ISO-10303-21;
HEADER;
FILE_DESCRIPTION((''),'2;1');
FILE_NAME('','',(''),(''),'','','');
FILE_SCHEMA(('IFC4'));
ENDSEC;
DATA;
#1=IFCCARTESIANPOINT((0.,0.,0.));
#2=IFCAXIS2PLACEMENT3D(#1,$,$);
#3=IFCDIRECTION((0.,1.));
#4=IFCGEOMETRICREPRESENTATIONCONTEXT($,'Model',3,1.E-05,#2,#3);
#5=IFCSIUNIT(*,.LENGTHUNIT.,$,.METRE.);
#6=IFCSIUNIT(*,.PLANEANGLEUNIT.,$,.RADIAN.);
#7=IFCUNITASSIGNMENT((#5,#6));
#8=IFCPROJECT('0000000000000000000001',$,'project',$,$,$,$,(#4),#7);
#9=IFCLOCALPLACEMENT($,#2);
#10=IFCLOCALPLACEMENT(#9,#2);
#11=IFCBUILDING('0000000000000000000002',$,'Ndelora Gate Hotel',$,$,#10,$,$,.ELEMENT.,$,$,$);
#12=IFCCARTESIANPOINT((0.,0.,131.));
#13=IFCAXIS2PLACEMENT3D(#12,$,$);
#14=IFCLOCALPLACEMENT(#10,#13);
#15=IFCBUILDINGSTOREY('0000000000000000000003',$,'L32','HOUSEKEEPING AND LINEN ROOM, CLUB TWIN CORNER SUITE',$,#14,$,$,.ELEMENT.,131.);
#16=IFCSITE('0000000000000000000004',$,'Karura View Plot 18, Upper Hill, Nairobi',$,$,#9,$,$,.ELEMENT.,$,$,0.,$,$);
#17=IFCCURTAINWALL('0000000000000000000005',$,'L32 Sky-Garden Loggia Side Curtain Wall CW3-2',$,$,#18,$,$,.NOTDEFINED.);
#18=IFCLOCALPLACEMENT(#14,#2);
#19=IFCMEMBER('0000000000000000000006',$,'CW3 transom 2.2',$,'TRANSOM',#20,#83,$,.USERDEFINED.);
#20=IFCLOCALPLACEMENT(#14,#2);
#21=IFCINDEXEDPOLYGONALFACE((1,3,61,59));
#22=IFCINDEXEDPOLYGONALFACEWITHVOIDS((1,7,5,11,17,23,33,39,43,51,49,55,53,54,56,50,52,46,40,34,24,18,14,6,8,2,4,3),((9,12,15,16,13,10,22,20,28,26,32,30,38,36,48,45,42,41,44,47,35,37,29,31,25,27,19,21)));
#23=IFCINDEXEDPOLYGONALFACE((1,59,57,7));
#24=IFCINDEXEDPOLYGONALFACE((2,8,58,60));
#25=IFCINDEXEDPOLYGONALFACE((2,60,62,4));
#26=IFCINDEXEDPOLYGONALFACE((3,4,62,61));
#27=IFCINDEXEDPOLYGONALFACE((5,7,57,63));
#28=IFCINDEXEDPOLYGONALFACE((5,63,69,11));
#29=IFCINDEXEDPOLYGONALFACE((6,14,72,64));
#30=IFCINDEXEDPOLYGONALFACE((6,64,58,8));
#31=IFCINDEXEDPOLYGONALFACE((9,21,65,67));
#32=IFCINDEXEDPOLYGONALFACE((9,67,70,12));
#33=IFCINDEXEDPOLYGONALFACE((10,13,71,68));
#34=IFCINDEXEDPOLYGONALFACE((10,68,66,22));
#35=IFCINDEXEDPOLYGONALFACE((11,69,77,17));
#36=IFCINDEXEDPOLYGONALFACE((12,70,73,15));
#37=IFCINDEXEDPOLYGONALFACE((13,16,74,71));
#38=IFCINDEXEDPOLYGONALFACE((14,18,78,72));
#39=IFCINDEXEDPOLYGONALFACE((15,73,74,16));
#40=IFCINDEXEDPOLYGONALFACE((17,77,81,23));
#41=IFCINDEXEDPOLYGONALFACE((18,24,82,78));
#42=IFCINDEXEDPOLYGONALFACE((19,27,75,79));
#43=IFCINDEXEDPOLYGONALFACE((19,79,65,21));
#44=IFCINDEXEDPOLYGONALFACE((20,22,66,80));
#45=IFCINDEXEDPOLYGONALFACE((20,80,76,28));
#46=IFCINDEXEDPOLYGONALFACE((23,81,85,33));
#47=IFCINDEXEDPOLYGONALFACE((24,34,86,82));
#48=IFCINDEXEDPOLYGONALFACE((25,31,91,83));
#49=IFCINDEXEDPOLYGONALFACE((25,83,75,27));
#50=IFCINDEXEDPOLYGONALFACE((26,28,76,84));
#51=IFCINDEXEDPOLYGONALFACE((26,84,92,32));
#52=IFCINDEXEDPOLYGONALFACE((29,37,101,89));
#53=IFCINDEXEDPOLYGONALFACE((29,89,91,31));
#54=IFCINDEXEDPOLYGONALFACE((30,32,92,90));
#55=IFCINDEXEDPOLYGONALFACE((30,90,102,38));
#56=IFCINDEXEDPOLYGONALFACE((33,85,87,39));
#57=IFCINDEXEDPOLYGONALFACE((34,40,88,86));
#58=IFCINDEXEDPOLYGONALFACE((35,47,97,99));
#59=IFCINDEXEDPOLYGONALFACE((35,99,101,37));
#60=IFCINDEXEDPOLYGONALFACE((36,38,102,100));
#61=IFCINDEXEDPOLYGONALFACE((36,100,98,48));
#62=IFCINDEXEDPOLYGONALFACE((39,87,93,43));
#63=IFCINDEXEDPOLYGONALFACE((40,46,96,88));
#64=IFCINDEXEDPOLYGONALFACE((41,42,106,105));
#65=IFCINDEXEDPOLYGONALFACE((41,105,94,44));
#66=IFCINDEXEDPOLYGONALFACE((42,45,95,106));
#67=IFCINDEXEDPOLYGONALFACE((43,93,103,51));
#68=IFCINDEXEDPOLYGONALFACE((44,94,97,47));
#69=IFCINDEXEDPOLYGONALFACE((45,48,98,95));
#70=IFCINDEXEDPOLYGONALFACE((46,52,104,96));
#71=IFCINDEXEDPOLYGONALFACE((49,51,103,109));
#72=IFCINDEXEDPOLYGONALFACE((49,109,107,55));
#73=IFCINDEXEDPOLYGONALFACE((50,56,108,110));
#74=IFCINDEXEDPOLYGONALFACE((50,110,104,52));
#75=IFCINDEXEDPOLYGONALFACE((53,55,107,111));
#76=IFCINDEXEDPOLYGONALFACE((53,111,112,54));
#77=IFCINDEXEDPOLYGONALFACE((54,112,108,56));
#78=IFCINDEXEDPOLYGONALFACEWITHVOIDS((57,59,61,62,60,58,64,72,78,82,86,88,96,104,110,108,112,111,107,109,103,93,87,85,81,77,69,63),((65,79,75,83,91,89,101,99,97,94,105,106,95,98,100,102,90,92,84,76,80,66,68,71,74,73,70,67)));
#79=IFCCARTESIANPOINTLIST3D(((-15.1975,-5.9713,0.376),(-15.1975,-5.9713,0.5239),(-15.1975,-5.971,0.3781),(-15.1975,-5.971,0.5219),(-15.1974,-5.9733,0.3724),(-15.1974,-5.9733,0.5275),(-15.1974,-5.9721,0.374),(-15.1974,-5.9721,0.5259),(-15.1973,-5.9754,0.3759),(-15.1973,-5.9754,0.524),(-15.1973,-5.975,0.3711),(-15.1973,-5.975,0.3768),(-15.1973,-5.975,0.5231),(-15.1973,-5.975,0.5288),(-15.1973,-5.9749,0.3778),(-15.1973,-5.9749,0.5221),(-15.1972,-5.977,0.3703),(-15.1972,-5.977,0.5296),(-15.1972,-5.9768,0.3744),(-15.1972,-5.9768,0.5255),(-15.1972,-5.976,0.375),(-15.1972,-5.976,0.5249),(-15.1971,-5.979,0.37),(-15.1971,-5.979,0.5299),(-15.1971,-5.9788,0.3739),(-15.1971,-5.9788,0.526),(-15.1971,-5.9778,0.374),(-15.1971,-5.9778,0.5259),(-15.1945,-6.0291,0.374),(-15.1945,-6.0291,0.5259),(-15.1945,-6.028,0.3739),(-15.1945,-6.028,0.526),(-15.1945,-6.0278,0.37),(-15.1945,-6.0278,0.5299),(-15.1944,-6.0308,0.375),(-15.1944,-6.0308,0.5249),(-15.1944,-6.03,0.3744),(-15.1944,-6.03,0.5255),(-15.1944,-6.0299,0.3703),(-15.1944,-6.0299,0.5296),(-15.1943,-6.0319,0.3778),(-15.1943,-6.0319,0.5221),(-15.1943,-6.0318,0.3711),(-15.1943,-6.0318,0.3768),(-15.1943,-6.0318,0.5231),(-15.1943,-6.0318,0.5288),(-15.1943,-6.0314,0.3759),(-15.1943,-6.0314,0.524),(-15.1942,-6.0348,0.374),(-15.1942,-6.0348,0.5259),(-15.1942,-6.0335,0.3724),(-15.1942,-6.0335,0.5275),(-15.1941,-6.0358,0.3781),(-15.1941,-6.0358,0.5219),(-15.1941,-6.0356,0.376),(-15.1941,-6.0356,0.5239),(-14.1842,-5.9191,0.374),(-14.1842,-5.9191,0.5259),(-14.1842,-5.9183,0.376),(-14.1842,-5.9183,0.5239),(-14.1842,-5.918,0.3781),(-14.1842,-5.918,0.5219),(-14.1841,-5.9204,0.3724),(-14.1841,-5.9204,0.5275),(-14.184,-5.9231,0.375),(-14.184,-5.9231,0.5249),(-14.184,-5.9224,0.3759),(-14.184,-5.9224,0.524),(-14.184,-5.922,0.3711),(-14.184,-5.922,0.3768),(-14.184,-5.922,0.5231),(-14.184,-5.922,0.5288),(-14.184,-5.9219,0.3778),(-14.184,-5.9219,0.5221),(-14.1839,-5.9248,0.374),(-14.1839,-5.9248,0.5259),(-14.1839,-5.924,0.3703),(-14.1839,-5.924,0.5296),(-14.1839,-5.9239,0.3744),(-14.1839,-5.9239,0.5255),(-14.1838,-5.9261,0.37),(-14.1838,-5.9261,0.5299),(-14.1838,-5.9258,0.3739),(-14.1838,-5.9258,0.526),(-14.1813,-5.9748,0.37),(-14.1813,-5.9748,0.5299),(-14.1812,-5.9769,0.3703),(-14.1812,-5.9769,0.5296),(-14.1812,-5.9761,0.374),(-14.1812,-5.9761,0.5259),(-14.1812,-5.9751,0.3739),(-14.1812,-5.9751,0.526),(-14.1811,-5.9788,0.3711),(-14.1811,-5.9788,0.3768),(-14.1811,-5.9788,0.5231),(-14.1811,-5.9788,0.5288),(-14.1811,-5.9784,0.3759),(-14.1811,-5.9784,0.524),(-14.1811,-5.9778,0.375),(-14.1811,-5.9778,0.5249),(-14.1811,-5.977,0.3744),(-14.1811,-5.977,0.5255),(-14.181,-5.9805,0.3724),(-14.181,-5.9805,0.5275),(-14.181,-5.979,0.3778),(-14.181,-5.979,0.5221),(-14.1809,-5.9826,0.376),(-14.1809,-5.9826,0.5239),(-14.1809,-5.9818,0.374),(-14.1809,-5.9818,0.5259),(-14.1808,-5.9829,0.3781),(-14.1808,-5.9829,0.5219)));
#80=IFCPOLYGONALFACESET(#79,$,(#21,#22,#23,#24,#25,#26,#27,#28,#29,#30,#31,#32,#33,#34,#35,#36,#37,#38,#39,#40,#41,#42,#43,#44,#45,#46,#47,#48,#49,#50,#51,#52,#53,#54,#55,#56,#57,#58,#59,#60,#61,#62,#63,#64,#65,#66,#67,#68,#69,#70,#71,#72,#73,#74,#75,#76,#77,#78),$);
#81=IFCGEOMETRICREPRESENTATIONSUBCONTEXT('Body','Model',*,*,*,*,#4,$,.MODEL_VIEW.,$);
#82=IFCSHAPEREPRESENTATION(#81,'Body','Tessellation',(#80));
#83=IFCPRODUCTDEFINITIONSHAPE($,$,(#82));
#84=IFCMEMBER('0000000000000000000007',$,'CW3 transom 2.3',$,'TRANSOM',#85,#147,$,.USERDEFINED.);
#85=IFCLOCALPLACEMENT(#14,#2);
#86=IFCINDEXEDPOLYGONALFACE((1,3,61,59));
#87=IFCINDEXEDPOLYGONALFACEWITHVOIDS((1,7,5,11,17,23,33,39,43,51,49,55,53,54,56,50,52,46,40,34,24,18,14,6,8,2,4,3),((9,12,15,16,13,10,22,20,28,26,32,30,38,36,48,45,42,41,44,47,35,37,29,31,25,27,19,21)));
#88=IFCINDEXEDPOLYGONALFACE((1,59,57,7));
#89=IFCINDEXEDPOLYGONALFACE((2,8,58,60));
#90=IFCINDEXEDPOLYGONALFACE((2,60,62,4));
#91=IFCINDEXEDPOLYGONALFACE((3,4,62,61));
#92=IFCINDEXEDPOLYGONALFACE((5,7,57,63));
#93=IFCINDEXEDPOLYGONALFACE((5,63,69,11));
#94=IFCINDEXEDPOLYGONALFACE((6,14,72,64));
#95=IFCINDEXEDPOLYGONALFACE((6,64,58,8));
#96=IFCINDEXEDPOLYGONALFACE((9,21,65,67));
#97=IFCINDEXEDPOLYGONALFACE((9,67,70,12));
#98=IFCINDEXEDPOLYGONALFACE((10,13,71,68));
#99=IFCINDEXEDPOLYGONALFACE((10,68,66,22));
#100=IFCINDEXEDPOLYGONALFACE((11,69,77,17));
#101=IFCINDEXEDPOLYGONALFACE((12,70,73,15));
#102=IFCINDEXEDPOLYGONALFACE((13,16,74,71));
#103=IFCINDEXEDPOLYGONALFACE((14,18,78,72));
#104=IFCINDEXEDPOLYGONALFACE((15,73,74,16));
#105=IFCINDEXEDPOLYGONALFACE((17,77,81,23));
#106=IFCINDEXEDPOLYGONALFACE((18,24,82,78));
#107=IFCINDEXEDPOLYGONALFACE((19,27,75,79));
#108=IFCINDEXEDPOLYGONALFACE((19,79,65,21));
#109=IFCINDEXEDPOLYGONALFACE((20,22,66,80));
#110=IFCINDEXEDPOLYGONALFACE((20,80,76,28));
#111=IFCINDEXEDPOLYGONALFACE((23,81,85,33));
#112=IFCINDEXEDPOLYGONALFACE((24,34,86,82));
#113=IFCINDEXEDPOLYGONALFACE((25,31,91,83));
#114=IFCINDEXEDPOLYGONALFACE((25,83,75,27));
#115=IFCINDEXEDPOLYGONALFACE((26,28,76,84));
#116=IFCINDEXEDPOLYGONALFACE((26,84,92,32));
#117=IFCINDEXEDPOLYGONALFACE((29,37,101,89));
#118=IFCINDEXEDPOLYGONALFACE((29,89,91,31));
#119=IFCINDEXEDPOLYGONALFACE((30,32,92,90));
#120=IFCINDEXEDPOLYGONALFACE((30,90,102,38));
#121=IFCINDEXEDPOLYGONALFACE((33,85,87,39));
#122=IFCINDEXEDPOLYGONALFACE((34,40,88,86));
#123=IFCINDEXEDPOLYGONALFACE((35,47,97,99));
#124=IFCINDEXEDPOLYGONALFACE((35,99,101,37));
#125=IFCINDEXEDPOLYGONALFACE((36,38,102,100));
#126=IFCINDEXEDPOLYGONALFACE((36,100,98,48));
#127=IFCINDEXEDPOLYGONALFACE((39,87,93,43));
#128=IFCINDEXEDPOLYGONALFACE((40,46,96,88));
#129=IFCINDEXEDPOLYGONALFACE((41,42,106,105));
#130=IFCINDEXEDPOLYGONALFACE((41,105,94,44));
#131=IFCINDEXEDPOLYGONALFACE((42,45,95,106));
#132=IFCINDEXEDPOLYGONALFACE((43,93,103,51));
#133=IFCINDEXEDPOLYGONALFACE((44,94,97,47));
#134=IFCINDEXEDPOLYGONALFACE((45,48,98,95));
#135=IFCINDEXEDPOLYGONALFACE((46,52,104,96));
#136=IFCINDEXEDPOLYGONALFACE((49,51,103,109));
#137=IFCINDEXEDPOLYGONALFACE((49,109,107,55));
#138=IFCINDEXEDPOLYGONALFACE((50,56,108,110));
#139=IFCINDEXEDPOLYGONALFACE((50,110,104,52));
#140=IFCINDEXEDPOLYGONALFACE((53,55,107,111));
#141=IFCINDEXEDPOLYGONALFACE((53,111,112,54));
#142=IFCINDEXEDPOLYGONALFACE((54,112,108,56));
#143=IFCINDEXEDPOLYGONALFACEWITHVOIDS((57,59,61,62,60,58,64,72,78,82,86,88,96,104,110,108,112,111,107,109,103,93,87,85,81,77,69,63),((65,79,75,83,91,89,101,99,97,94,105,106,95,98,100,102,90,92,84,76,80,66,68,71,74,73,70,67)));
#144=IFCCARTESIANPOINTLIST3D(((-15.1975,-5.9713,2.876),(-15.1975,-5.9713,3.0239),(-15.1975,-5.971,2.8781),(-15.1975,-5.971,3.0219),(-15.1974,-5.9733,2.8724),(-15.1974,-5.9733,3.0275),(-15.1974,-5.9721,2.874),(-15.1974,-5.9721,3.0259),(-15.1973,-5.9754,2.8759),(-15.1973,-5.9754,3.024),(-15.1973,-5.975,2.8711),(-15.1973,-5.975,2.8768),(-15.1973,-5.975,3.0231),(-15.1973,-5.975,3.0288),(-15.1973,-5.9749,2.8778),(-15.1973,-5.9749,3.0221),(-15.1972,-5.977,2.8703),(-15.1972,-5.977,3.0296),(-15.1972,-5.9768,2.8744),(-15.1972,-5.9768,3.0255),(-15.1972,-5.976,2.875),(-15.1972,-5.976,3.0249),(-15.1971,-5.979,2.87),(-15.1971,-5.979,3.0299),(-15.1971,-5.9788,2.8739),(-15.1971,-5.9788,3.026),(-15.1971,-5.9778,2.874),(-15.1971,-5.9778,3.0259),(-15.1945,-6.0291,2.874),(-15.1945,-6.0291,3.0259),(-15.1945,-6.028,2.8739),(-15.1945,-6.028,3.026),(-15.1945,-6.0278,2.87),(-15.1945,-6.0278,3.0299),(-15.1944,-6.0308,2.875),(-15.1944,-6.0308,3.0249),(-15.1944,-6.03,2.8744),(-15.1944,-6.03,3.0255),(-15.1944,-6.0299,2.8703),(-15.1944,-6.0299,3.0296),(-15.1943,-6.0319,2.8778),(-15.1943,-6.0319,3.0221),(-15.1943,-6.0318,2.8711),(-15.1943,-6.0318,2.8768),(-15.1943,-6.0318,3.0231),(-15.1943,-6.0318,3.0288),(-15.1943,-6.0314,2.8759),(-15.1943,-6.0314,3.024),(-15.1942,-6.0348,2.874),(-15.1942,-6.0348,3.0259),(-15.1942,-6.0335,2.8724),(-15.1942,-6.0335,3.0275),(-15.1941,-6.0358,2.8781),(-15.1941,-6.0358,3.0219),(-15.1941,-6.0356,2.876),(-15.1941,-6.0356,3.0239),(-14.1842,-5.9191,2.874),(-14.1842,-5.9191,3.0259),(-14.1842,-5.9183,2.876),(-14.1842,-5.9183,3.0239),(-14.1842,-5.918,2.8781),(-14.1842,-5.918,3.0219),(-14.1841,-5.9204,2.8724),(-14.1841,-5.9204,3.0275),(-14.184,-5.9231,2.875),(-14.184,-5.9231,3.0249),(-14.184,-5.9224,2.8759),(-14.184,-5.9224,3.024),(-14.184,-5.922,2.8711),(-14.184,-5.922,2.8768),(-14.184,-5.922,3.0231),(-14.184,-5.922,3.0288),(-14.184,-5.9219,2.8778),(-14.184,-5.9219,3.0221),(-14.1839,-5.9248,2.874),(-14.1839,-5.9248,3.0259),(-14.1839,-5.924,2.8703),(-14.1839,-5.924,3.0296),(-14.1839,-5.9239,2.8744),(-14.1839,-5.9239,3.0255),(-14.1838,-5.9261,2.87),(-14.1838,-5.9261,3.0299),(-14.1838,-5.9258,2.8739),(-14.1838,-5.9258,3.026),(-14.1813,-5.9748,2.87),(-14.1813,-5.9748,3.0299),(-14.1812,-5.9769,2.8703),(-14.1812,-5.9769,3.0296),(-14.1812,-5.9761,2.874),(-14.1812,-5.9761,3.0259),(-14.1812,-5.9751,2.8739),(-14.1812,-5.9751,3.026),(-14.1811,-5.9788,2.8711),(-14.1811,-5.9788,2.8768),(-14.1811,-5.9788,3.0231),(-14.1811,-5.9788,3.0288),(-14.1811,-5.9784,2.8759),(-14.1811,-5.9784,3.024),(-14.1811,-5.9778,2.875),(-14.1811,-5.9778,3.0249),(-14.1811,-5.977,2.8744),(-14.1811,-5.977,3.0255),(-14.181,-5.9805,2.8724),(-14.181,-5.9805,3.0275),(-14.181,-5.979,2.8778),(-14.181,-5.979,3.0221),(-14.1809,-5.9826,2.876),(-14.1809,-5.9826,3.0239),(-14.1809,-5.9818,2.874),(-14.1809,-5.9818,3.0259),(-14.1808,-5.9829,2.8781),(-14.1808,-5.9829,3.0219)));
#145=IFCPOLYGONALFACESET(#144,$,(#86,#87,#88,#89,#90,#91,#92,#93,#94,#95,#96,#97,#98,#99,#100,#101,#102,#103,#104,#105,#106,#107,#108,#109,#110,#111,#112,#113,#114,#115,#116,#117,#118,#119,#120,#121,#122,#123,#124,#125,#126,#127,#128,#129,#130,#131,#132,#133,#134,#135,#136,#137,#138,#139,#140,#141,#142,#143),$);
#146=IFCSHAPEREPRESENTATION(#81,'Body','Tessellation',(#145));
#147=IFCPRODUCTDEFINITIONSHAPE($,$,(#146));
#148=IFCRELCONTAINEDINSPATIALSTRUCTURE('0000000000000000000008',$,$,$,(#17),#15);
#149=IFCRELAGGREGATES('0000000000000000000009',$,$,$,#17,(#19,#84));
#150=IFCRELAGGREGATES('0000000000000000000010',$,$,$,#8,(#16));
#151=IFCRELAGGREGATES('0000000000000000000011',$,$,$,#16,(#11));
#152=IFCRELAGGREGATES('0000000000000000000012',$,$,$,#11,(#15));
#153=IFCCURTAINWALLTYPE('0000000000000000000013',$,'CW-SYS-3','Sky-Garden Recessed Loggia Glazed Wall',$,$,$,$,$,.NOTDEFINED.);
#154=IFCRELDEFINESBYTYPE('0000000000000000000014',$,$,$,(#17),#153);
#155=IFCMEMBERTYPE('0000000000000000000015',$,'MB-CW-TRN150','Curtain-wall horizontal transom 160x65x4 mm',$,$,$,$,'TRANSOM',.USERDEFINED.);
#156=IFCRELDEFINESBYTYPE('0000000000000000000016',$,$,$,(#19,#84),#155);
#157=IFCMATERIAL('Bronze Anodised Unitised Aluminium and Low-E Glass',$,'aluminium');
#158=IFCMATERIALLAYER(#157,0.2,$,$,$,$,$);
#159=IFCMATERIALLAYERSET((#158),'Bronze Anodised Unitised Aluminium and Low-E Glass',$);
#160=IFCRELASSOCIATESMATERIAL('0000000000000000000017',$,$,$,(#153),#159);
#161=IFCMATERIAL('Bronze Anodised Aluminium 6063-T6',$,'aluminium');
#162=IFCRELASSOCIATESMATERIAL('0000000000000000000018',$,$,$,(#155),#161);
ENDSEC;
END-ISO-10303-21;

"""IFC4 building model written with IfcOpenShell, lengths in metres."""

from ifc_helpers import new_model, si_unit, direction, frame, origin, origin_2d, place, context, subcontext, project, spatial, hollow_rectangle, extrude, material, layer, layer_set, material_profile, profile_set, type_object, element, aggregate, save


model = new_model("IFC4")

# Units and contexts
model_context = context("Model", 3, precision=1e-05, world=origin(), true_north=direction((0.0, 1.0)))
body_context = subcontext(model_context, "Body", "Model", "MODEL_VIEW")
ifc_project = project(units=[si_unit("LENGTHUNIT", "METRE"), si_unit("PLANEANGLEUNIT", "RADIAN")], contexts=[model_context])

# Site, building, storey
site_placement = place(None, origin())
site = spatial("IfcSite", under=ifc_project, at=site_placement, Name="Karura View Plot 18, Upper Hill, Nairobi", CompositionType="ELEMENT", RefElevation=0.0)
building_placement = place(site_placement, origin())
building = spatial("IfcBuilding", under=site, at=building_placement, Name="Ndelora Gate Hotel", CompositionType="ELEMENT")
storey_placement = place(building_placement, frame((0.0, 0.0, 131.0)))
storey = spatial("IfcBuildingStorey", under=building, at=storey_placement, Name="L32", Description="HOUSEKEEPING AND LINEN ROOM, CLUB TWIN CORNER SUITE", CompositionType="ELEMENT", Elevation=131.0)

# Curtain wall, members
ifc_material_1 = material(Name="Bronze Anodised Unitised Aluminium and Low-E Glass", Category="aluminium")
ifc_layer_1 = layer(ifc_material_1, 0.2)
ifc_layer_set_1 = layer_set([ifc_layer_1], Name="Bronze Anodised Unitised Aluminium and Low-E Glass")
curtain_wall_type = type_object("IfcCurtainWallType", Name="CW-SYS-3", Description="Sky-Garden Recessed Loggia Glazed Wall", PredefinedType="NOTDEFINED", material=ifc_layer_set_1)
curtain_wall_placement = place(storey_placement, origin())
curtain_wall = element("IfcCurtainWall", 1, at=curtain_wall_placement, inside=storey, type_object=curtain_wall_type, Name="L32 Sky-Garden Loggia Side Curtain Wall CW3-2", PredefinedType="NOTDEFINED")
ifc_material_2 = material(Name="Bronze Anodised Aluminium 6063-T6", Category="aluminium")
ifc_material_profile_1 = material_profile(ifc_material_2, hollow_rectangle(XDim=0.0649, YDim=0.1599, WallThickness=0.0039, InnerFilletRadius=0.0039, OuterFilletRadius=0.0081, at=origin_2d()), Name="ALU 160x65x4")
ifc_profile_set_1 = profile_set([ifc_material_profile_1], Name="Bronze Anodised Aluminium 6063-T6")
member_type_1 = type_object("IfcMemberType", Name="MB-CW-TRN150", Description="Curtain-wall horizontal transom 160x65x4 mm", ElementType="TRANSOM", PredefinedType="USERDEFINED", material=ifc_profile_set_1)
member_1_placement = place(storey_placement, frame((-15.1958, -6.0034, 0.45), z_axis=(0.998636, 0.052218, 0.0), x_axis=(-0.052218, 0.998636, 0.0)))
member_1 = element("IfcMember", 2, at=member_1_placement, type_object=member_type_1, Name="CW3 transom 2.2", ObjectType="TRANSOM", PredefinedType="USERDEFINED", context=body_context, shape_type="SweptSolid", body=[
    extrude(hollow_rectangle(XDim=0.0649, YDim=0.1599, WallThickness=0.0039, InnerFilletRadius=0.0039, OuterFilletRadius=0.0081, at=origin_2d()), origin(), (0.0, 0.0, 1.0), 1.0146),
])
member_2_placement = place(storey_placement, frame((-15.1958, -6.0034, 2.95), z_axis=(0.998636, 0.052218, 0.0), x_axis=(-0.052218, 0.998636, 0.0)))
member_2 = element("IfcMember", 3, at=member_2_placement, type_object=member_type_1, Name="CW3 transom 2.3", ObjectType="TRANSOM", PredefinedType="USERDEFINED", context=body_context, shape_type="SweptSolid", body=[
    extrude(hollow_rectangle(XDim=0.0649, YDim=0.1599, WallThickness=0.0039, InnerFilletRadius=0.0039, OuterFilletRadius=0.0081, at=origin_2d()), origin(), (0.0, 0.0, 1.0), 1.0146),
])
aggregate(curtain_wall, [member_1, member_2])

save(model, "model.ifc")
